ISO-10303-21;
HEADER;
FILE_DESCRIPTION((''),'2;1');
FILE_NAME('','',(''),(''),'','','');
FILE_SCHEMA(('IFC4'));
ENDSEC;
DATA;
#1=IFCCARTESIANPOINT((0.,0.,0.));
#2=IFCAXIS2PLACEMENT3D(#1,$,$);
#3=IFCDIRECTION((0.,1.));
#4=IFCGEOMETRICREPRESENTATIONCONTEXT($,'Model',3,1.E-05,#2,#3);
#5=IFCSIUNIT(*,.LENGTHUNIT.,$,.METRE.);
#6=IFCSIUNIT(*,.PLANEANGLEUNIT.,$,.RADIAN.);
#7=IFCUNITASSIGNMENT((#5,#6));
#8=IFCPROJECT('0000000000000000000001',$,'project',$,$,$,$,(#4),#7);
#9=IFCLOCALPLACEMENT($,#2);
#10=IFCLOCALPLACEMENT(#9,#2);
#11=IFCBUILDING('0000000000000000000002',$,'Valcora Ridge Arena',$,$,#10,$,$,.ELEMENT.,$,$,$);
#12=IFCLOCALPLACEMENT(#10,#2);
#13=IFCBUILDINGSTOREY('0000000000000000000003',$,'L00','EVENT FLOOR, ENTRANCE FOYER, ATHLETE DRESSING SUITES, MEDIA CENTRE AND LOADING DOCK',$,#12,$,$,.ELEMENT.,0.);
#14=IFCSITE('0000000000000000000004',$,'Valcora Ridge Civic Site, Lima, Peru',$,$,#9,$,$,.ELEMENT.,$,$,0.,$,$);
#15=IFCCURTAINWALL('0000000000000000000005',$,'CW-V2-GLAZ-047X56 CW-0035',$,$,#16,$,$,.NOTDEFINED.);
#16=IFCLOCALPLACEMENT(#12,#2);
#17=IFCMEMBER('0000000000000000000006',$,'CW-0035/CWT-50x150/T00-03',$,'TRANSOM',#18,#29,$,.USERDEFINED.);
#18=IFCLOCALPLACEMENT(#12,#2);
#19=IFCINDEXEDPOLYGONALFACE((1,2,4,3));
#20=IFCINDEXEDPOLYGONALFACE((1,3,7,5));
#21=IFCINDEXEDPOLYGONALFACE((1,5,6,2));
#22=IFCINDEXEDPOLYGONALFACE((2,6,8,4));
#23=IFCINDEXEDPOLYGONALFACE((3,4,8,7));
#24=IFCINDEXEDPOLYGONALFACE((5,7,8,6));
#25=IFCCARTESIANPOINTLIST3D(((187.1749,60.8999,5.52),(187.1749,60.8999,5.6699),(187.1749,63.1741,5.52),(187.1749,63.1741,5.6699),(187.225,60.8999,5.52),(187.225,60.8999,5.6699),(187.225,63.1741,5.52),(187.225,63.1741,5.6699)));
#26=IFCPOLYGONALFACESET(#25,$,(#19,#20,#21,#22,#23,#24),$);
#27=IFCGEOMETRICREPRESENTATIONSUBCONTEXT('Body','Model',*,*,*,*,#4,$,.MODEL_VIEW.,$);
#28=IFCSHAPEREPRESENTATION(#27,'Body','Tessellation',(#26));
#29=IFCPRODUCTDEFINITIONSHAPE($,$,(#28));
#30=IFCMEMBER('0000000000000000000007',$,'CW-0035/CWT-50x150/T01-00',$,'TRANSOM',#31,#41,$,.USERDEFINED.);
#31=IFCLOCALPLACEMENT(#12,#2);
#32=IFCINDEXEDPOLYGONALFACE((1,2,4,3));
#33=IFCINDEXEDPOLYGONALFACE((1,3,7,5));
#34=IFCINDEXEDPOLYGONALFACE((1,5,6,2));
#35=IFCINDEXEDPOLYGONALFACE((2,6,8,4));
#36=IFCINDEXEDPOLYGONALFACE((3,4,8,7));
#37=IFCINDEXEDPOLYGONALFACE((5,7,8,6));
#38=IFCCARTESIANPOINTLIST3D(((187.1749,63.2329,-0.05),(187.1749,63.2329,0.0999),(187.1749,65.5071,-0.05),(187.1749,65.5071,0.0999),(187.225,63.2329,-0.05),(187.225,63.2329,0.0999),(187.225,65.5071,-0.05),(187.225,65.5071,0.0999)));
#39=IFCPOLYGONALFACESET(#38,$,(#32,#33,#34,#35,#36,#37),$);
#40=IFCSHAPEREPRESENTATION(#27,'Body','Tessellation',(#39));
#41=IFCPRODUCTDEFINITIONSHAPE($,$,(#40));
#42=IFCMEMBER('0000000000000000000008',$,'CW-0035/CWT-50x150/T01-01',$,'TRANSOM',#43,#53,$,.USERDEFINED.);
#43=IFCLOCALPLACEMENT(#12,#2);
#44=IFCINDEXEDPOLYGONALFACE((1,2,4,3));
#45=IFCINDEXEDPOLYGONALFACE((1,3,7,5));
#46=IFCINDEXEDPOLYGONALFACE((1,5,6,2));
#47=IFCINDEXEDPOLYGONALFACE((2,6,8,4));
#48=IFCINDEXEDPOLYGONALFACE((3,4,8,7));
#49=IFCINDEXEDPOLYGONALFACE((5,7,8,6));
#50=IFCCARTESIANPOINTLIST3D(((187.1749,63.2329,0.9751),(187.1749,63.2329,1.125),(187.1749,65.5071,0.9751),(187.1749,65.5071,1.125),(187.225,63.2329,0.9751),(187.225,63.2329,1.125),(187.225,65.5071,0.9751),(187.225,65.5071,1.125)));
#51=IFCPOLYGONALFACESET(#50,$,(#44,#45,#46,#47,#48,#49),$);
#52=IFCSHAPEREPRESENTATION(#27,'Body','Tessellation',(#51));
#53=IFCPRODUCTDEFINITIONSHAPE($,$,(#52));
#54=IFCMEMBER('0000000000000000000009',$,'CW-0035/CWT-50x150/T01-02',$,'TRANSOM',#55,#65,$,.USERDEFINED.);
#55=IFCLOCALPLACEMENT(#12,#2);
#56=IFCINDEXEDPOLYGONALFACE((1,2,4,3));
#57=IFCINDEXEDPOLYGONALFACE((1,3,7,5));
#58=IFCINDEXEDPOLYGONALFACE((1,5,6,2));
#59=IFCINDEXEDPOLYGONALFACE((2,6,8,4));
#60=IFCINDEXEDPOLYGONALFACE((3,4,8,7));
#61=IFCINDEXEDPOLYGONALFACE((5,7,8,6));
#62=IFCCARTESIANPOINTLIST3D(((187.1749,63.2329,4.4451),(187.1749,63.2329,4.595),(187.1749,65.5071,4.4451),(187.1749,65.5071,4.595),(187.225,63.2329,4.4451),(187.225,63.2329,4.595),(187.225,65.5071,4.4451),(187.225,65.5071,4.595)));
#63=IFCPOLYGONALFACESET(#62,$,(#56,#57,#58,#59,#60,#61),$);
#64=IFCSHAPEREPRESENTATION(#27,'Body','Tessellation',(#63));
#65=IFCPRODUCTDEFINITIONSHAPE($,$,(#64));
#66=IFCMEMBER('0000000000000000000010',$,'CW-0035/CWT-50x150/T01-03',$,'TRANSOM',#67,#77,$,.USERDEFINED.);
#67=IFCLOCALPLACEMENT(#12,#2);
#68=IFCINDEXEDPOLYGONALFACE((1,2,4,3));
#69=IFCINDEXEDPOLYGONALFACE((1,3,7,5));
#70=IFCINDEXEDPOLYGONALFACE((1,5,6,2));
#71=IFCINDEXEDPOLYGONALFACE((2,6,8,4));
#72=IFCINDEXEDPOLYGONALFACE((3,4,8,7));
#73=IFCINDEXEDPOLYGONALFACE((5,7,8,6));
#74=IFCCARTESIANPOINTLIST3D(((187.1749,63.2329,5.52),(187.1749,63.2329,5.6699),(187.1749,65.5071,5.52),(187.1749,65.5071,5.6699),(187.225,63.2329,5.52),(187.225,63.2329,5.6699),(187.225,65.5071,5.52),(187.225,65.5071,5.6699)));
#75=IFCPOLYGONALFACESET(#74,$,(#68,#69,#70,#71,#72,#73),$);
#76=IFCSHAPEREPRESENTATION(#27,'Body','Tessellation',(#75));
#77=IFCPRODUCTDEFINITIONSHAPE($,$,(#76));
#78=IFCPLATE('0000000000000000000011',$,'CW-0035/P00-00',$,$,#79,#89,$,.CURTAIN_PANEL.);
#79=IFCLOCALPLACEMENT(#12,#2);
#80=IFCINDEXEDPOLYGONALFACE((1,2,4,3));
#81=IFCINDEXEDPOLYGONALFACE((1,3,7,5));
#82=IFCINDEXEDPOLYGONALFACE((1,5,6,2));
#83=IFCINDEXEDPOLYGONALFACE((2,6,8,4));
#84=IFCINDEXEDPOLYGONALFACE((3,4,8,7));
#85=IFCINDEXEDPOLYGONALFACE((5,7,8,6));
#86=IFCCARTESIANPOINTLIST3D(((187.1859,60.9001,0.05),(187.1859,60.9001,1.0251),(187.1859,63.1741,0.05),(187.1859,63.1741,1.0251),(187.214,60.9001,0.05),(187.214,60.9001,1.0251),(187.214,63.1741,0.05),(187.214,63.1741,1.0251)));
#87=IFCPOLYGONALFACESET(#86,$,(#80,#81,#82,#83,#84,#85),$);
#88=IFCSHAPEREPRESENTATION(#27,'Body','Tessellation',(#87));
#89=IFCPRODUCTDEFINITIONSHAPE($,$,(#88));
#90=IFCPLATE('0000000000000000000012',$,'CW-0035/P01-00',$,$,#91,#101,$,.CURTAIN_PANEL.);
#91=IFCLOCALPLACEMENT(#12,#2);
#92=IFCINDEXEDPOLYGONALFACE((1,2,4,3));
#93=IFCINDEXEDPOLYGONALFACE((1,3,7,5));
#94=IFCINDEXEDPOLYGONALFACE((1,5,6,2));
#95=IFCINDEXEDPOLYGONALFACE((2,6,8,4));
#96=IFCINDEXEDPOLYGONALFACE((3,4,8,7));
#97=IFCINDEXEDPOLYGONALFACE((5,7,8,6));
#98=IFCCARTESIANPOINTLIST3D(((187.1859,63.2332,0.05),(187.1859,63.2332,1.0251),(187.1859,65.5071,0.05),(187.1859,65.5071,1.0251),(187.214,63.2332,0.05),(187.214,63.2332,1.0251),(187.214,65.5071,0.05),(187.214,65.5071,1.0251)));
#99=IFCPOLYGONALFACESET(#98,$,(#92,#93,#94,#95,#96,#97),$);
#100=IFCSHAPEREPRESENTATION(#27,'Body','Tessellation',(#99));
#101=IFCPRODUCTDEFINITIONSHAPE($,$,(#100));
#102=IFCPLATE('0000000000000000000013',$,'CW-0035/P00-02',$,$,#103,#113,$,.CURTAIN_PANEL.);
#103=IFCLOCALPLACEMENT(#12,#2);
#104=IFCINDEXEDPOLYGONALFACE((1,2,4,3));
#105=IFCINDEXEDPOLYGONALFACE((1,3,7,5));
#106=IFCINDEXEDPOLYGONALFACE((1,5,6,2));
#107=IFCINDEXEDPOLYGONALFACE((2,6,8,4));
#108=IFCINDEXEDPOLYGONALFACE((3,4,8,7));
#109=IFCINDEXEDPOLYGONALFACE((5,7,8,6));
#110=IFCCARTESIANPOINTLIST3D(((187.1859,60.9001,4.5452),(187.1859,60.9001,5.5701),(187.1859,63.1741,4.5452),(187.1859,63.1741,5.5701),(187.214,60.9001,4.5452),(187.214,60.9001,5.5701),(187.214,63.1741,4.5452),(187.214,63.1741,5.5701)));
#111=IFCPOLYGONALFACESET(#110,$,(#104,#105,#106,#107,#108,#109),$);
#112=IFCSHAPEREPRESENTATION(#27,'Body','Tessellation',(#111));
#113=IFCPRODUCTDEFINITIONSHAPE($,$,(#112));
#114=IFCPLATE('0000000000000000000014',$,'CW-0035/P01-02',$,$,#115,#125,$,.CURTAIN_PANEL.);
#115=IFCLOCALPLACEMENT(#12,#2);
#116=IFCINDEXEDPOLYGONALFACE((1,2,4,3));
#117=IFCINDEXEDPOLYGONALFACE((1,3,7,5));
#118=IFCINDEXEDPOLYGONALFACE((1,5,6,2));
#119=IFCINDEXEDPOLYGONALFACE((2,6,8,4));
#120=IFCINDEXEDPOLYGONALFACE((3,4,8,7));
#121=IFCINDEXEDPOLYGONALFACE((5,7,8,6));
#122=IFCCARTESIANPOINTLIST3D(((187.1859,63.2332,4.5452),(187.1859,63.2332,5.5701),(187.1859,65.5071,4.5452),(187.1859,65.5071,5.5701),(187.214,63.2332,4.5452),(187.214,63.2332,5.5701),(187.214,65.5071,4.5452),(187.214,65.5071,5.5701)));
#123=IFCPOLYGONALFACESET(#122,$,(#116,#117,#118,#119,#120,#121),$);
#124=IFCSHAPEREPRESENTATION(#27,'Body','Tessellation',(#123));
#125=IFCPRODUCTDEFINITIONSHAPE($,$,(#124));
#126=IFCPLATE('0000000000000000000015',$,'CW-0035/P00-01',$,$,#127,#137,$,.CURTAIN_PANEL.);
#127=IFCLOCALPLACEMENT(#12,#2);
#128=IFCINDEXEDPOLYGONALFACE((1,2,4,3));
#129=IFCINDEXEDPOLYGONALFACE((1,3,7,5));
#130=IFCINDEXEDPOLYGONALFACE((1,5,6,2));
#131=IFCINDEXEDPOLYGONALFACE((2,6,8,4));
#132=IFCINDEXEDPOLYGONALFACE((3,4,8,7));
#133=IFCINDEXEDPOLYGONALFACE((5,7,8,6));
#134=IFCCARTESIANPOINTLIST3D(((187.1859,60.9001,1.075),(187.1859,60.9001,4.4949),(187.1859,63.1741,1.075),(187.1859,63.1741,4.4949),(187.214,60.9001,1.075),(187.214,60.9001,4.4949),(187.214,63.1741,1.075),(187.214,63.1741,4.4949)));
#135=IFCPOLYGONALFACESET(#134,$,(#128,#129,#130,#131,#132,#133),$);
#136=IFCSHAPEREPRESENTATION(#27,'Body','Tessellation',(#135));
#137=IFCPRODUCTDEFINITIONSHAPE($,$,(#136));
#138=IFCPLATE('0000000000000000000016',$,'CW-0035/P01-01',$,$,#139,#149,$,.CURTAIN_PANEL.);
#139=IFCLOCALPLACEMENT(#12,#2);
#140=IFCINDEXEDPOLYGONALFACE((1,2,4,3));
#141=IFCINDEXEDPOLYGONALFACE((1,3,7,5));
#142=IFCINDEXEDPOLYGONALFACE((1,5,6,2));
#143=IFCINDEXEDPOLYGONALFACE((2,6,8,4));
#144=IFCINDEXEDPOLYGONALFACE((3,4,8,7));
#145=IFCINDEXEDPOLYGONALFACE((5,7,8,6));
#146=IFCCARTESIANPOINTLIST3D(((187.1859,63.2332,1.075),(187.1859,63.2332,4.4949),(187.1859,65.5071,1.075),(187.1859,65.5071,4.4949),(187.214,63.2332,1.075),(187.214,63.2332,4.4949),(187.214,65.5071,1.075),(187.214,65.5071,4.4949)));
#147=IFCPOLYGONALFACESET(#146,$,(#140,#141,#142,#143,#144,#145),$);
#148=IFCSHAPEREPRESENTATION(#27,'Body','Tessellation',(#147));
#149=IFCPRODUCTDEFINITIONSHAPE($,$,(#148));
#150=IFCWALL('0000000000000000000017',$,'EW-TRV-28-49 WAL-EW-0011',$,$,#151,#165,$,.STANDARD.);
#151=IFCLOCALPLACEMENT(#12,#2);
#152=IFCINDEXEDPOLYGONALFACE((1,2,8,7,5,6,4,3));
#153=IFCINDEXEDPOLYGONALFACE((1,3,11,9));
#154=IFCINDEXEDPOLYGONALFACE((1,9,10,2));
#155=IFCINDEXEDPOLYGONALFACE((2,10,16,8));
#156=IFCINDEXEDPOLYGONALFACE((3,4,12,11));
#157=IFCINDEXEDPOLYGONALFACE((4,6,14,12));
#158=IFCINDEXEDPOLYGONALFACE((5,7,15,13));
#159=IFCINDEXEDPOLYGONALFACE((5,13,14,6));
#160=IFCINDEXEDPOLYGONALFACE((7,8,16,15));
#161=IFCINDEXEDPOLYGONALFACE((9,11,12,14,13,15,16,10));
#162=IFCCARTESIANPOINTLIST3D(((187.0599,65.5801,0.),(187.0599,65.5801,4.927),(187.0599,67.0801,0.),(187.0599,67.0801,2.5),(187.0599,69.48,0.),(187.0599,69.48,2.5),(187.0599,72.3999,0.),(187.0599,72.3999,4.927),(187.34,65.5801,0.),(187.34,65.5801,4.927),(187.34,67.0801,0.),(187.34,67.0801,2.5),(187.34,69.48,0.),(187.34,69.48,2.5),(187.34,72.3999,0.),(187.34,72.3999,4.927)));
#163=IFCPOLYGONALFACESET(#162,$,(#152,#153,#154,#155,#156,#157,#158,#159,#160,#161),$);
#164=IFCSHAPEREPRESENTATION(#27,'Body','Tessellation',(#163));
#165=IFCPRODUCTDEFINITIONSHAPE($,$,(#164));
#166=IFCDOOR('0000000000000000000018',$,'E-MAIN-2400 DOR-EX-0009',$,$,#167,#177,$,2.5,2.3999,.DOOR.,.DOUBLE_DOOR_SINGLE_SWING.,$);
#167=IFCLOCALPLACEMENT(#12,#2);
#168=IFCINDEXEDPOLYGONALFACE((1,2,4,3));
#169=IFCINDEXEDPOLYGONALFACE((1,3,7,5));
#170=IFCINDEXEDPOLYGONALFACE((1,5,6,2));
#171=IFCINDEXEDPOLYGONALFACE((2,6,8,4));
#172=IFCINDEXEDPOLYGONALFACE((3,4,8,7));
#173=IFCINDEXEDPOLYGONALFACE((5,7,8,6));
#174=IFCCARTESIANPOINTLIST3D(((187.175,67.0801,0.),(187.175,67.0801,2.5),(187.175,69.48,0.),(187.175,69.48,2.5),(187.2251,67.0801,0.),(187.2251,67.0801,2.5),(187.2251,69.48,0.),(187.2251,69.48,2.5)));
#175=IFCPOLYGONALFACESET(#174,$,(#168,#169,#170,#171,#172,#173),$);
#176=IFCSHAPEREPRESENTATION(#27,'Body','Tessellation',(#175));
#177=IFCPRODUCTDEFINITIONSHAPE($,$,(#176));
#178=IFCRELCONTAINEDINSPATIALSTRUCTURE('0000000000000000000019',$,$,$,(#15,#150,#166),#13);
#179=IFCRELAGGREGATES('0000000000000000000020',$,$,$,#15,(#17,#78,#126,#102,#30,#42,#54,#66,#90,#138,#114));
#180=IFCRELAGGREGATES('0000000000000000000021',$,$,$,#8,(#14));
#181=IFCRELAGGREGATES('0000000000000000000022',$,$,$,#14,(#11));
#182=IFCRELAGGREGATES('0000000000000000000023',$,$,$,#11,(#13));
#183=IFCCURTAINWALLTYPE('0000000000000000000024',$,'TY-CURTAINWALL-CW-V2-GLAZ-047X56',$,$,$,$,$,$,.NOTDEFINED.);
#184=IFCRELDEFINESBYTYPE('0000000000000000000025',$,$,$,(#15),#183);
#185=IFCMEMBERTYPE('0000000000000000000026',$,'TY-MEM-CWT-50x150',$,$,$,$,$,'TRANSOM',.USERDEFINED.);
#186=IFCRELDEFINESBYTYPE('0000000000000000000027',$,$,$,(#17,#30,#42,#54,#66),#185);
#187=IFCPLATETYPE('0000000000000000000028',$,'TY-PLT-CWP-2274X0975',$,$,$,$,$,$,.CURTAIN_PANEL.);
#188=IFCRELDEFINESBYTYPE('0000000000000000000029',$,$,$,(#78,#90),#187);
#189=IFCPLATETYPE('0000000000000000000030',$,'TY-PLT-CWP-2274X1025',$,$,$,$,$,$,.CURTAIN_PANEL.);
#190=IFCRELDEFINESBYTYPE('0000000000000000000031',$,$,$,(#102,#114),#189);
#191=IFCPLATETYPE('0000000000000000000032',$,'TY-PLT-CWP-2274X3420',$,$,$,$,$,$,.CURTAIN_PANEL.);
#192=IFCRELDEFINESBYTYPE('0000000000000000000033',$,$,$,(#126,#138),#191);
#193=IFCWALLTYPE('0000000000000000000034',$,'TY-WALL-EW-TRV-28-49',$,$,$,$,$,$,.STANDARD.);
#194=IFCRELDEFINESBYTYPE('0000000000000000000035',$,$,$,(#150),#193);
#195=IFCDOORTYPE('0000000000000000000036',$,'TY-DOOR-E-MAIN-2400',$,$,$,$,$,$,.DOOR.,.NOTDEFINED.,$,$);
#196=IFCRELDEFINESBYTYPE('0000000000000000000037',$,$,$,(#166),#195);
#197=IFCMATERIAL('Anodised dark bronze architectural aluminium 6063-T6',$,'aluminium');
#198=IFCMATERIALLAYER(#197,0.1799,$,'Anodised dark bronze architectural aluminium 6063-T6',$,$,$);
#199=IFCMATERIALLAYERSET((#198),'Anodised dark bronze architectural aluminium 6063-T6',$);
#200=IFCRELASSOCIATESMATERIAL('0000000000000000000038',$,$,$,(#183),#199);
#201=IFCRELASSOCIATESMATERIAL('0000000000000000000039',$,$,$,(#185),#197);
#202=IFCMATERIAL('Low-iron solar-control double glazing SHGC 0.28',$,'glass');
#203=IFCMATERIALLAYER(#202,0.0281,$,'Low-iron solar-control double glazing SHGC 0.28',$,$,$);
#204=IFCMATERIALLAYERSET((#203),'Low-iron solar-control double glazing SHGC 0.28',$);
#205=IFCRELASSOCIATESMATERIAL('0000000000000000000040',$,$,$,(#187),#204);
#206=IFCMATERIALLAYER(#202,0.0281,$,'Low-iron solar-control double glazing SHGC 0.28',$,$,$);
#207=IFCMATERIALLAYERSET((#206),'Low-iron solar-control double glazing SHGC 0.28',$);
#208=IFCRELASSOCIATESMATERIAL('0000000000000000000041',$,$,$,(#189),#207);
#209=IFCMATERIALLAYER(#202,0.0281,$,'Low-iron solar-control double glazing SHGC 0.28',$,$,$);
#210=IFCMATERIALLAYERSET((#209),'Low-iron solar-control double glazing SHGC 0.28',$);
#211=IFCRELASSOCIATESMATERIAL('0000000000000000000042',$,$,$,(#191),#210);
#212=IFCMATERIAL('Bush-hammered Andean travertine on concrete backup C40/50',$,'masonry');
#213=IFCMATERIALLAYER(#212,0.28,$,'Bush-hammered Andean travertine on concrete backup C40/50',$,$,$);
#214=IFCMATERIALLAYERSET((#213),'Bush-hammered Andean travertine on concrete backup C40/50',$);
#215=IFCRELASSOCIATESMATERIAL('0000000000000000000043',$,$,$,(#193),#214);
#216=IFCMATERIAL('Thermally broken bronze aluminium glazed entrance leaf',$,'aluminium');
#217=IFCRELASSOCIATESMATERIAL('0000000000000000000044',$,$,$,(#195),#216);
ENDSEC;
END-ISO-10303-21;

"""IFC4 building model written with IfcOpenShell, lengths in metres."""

from ifc_helpers import new_model, si_unit, direction, frame, frame_2d, origin, origin_2d, place, context, subcontext, project, spatial, rectangle, extrude, material, layer, layer_set, material_profile, profile_set, type_object, element, fill, aggregate, save


model = new_model("IFC4")

# Units and contexts
model_context = context("Model", 3, precision=1e-05, world=origin(), true_north=direction((0.0, 1.0)))
body_context = subcontext(model_context, "Body", "Model", "MODEL_VIEW")
ifc_project = project(units=[si_unit("LENGTHUNIT", "METRE"), si_unit("PLANEANGLEUNIT", "RADIAN")], contexts=[model_context])

# Site, building, storey
site_placement = place(None, origin())
site = spatial("IfcSite", under=ifc_project, at=site_placement, Name="Valcora Ridge Civic Site, Lima, Peru", CompositionType="ELEMENT", RefElevation=0.0)
building_placement = place(site_placement, origin())
building = spatial("IfcBuilding", under=site, at=building_placement, Name="Valcora Ridge Arena", CompositionType="ELEMENT")
storey_placement = place(building_placement, origin())
storey = spatial("IfcBuildingStorey", under=building, at=storey_placement, Name="L00", Description="EVENT FLOOR, ENTRANCE FOYER, ATHLETE DRESSING SUITES, MEDIA CENTRE AND LOADING DOCK", CompositionType="ELEMENT", Elevation=0.0)

# Curtain wall, members, plates
ifc_material_1 = material(Name="Anodised dark bronze architectural aluminium 6063-T6", Category="aluminium")
ifc_layer_1 = layer(ifc_material_1, 0.1799, Name="Anodised dark bronze architectural aluminium 6063-T6")
ifc_layer_set_1 = layer_set([ifc_layer_1], Name="Anodised dark bronze architectural aluminium 6063-T6")
curtain_wall_type = type_object("IfcCurtainWallType", Name="TY-CURTAINWALL-CW-V2-GLAZ-047X56", PredefinedType="NOTDEFINED", material=ifc_layer_set_1)
curtain_wall_placement = place(storey_placement, origin())
curtain_wall = element("IfcCurtainWall", 1, at=curtain_wall_placement, inside=storey, type_object=curtain_wall_type, Name="CW-V2-GLAZ-047X56 CW-0035", PredefinedType="NOTDEFINED")
ifc_material_profile_1 = material_profile(ifc_material_1, rectangle(XDim=0.05, YDim=0.1499, at=origin_2d()), Name="ALU TRANSOM 50x150")
ifc_profile_set_1 = profile_set([ifc_material_profile_1], Name="Anodised dark bronze architectural aluminium 6063-T6")
member_type_1 = type_object("IfcMemberType", Name="TY-MEM-CWT-50x150", ElementType="TRANSOM", PredefinedType="USERDEFINED", material=ifc_profile_set_1)
member_1_placement = place(storey_placement, frame((187.2, 60.8999, 5.595), z_axis=(0.0, 1.0, 0.0), x_axis=(-1.0, 0.0, 0.0)))
member_1 = element("IfcMember", 2, at=member_1_placement, type_object=member_type_1, Name="CW-0035/CWT-50x150/T00-03", ObjectType="TRANSOM", PredefinedType="USERDEFINED", context=body_context, shape_type="SweptSolid", body=[
    extrude(rectangle(XDim=0.05, YDim=0.1499, at=origin_2d()), origin(), (0.0, 0.0, 1.0), 2.2742),
])
member_2_placement = place(storey_placement, frame((187.2, 63.2329, 0.0249), z_axis=(0.0, 1.0, 0.0), x_axis=(-1.0, 0.0, 0.0)))
member_2 = element("IfcMember", 3, at=member_2_placement, type_object=member_type_1, Name="CW-0035/CWT-50x150/T01-00", ObjectType="TRANSOM", PredefinedType="USERDEFINED", context=body_context, shape_type="SweptSolid", body=[
    extrude(rectangle(XDim=0.05, YDim=0.1499, at=origin_2d()), origin(), (0.0, 0.0, 1.0), 2.2742),
])
member_3_placement = place(storey_placement, frame((187.2, 63.2329, 1.05), z_axis=(0.0, 1.0, 0.0), x_axis=(-1.0, 0.0, 0.0)))
member_3 = element("IfcMember", 4, at=member_3_placement, type_object=member_type_1, Name="CW-0035/CWT-50x150/T01-01", ObjectType="TRANSOM", PredefinedType="USERDEFINED", context=body_context, shape_type="SweptSolid", body=[
    extrude(rectangle(XDim=0.05, YDim=0.1499, at=origin_2d()), origin(), (0.0, 0.0, 1.0), 2.2742),
])
member_4_placement = place(storey_placement, frame((187.2, 63.2329, 4.52), z_axis=(0.0, 1.0, 0.0), x_axis=(-1.0, 0.0, 0.0)))
member_4 = element("IfcMember", 5, at=member_4_placement, type_object=member_type_1, Name="CW-0035/CWT-50x150/T01-02", ObjectType="TRANSOM", PredefinedType="USERDEFINED", context=body_context, shape_type="SweptSolid", body=[
    extrude(rectangle(XDim=0.05, YDim=0.1499, at=origin_2d()), origin(), (0.0, 0.0, 1.0), 2.2742),
])
member_5_placement = place(storey_placement, frame((187.2, 63.2329, 5.595), z_axis=(0.0, 1.0, 0.0), x_axis=(-1.0, 0.0, 0.0)))
member_5 = element("IfcMember", 6, at=member_5_placement, type_object=member_type_1, Name="CW-0035/CWT-50x150/T01-03", ObjectType="TRANSOM", PredefinedType="USERDEFINED", context=body_context, shape_type="SweptSolid", body=[
    extrude(rectangle(XDim=0.05, YDim=0.1499, at=origin_2d()), origin(), (0.0, 0.0, 1.0), 2.2742),
])
ifc_material_2 = material(Name="Low-iron solar-control double glazing SHGC 0.28", Category="glass")
ifc_layer_2 = layer(ifc_material_2, 0.0281, Name="Low-iron solar-control double glazing SHGC 0.28")
ifc_layer_set_2 = layer_set([ifc_layer_2], Name="Low-iron solar-control double glazing SHGC 0.28")
plate_type_1 = type_object("IfcPlateType", Name="TY-PLT-CWP-2274X0975", PredefinedType="CURTAIN_PANEL", material=ifc_layer_set_2)
plate_1_placement = place(storey_placement, frame((187.2, 62.0371, 0.05), z_axis=(0.0, 0.0, 1.0), x_axis=(0.0, 1.0, 0.0)))
plate_1 = element("IfcPlate", 7, at=plate_1_placement, type_object=plate_type_1, Name="CW-0035/P00-00", PredefinedType="CURTAIN_PANEL", context=body_context, shape_type="SweptSolid", body=[
    extrude(rectangle(XDim=2.2739, YDim=0.0281, at=origin_2d()), origin(), (0.0, 0.0, 1.0), 0.9751),
])
plate_2_placement = place(storey_placement, frame((187.2, 64.3701, 0.05), z_axis=(0.0, 0.0, 1.0), x_axis=(0.0, 1.0, 0.0)))
plate_2 = element("IfcPlate", 8, at=plate_2_placement, type_object=plate_type_1, Name="CW-0035/P01-00", PredefinedType="CURTAIN_PANEL", context=body_context, shape_type="SweptSolid", body=[
    extrude(rectangle(XDim=2.2739, YDim=0.0281, at=origin_2d()), origin(), (0.0, 0.0, 1.0), 0.9751),
])
ifc_layer_3 = layer(ifc_material_2, 0.0281, Name="Low-iron solar-control double glazing SHGC 0.28")
ifc_layer_set_3 = layer_set([ifc_layer_3], Name="Low-iron solar-control double glazing SHGC 0.28")
plate_type_2 = type_object("IfcPlateType", Name="TY-PLT-CWP-2274X1025", PredefinedType="CURTAIN_PANEL", material=ifc_layer_set_3)
plate_3_placement = place(storey_placement, frame((187.2, 62.0371, 4.5452), z_axis=(0.0, 0.0, 1.0), x_axis=(0.0, 1.0, 0.0)))
plate_3 = element("IfcPlate", 9, at=plate_3_placement, type_object=plate_type_2, Name="CW-0035/P00-02", PredefinedType="CURTAIN_PANEL", context=body_context, shape_type="SweptSolid", body=[
    extrude(rectangle(XDim=2.2739, YDim=0.0281, at=origin_2d()), origin(), (0.0, 0.0, 1.0), 1.0249),
])
plate_4_placement = place(storey_placement, frame((187.2, 64.3701, 4.5452), z_axis=(0.0, 0.0, 1.0), x_axis=(0.0, 1.0, 0.0)))
plate_4 = element("IfcPlate", 10, at=plate_4_placement, type_object=plate_type_2, Name="CW-0035/P01-02", PredefinedType="CURTAIN_PANEL", context=body_context, shape_type="SweptSolid", body=[
    extrude(rectangle(XDim=2.2739, YDim=0.0281, at=origin_2d()), origin(), (0.0, 0.0, 1.0), 1.0249),
])
ifc_layer_4 = layer(ifc_material_2, 0.0281, Name="Low-iron solar-control double glazing SHGC 0.28")
ifc_layer_set_4 = layer_set([ifc_layer_4], Name="Low-iron solar-control double glazing SHGC 0.28")
plate_type_3 = type_object("IfcPlateType", Name="TY-PLT-CWP-2274X3420", PredefinedType="CURTAIN_PANEL", material=ifc_layer_set_4)
plate_5_placement = place(storey_placement, frame((187.2, 62.0371, 1.075), z_axis=(0.0, 0.0, 1.0), x_axis=(0.0, 1.0, 0.0)))
plate_5 = element("IfcPlate", 11, at=plate_5_placement, type_object=plate_type_3, Name="CW-0035/P00-01", PredefinedType="CURTAIN_PANEL", context=body_context, shape_type="SweptSolid", body=[
    extrude(rectangle(XDim=2.2739, YDim=0.0281, at=origin_2d()), origin(), (0.0, 0.0, 1.0), 3.4199),
])
plate_6_placement = place(storey_placement, frame((187.2, 64.3701, 1.075), z_axis=(0.0, 0.0, 1.0), x_axis=(0.0, 1.0, 0.0)))
plate_6 = element("IfcPlate", 12, at=plate_6_placement, type_object=plate_type_3, Name="CW-0035/P01-01", PredefinedType="CURTAIN_PANEL", context=body_context, shape_type="SweptSolid", body=[
    extrude(rectangle(XDim=2.2739, YDim=0.0281, at=origin_2d()), origin(), (0.0, 0.0, 1.0), 3.4199),
])
aggregate(curtain_wall, [member_1, plate_1, plate_5, plate_3, member_2, member_3, member_4, member_5, plate_2, plate_6, plate_4])

# Wall, opening, door
ifc_material_3 = material(Name="Bush-hammered Andean travertine on concrete backup C40/50", Category="masonry")
ifc_layer_5 = layer(ifc_material_3, 0.28, Name="Bush-hammered Andean travertine on concrete backup C40/50")
ifc_layer_set_5 = layer_set([ifc_layer_5], Name="Bush-hammered Andean travertine on concrete backup C40/50")
wall_type = type_object("IfcWallType", Name="TY-WALL-EW-TRV-28-49", PredefinedType="STANDARD", material=ifc_layer_set_5)
wall_placement = place(storey_placement, frame((187.2, 65.5801, 0.0), z_axis=(0.0, 0.0, 1.0), x_axis=(0.0, 1.0, 0.0)))
wall = element("IfcWall", 13, at=wall_placement, inside=storey, type_object=wall_type, Name="EW-TRV-28-49 WAL-EW-0011", PredefinedType="STANDARD", context=body_context, shape_type="SweptSolid", body=[
    extrude(rectangle(XDim=6.8198, YDim=0.28, at=frame_2d((3.4099, 0.0))), origin(), (0.0, 0.0, 1.0), 4.927),
])
opening_placement = place(wall_placement, frame((1.5, 0.0, 0.0)))
opening = element("IfcOpeningElement", 14, at=opening_placement, cuts=wall, PredefinedType="OPENING", context=body_context, shape_type="SweptSolid", body=[
    extrude(rectangle(XDim=2.3999, YDim=2.5, at=frame_2d((1.2, 1.25))), frame((0.0, 0.1499, 0.0), z_axis=(0.0, -1.0, 0.0), x_axis=(1.0, 0.0, 0.0)), (0.0, 0.0, 1.0), 0.3),
])
ifc_material_4 = material(Name="Thermally broken bronze aluminium glazed entrance leaf", Category="aluminium")
door_type = type_object("IfcDoorType", Name="TY-DOOR-E-MAIN-2400", OperationType="NOTDEFINED", PredefinedType="DOOR", material=ifc_material_4)
door_placement = place(opening_placement, origin())
door = element("IfcDoor", 15, at=door_placement, inside=storey, type_object=door_type, Name="E-MAIN-2400 DOR-EX-0009", OperationType="DOUBLE_DOOR_SINGLE_SWING", OverallHeight=2.5, OverallWidth=2.3999, PredefinedType="DOOR", context=body_context, shape_type="SweptSolid", body=[
    extrude(rectangle(XDim=2.3999, YDim=2.5, at=frame_2d((1.2, 1.25))), frame((0.0, 0.0249, 0.0), z_axis=(0.0, -1.0, 0.0), x_axis=(1.0, 0.0, 0.0)), (0.0, 0.0, 1.0), 0.05),
])
fill(opening, door)

save(model, "model.ifc")
